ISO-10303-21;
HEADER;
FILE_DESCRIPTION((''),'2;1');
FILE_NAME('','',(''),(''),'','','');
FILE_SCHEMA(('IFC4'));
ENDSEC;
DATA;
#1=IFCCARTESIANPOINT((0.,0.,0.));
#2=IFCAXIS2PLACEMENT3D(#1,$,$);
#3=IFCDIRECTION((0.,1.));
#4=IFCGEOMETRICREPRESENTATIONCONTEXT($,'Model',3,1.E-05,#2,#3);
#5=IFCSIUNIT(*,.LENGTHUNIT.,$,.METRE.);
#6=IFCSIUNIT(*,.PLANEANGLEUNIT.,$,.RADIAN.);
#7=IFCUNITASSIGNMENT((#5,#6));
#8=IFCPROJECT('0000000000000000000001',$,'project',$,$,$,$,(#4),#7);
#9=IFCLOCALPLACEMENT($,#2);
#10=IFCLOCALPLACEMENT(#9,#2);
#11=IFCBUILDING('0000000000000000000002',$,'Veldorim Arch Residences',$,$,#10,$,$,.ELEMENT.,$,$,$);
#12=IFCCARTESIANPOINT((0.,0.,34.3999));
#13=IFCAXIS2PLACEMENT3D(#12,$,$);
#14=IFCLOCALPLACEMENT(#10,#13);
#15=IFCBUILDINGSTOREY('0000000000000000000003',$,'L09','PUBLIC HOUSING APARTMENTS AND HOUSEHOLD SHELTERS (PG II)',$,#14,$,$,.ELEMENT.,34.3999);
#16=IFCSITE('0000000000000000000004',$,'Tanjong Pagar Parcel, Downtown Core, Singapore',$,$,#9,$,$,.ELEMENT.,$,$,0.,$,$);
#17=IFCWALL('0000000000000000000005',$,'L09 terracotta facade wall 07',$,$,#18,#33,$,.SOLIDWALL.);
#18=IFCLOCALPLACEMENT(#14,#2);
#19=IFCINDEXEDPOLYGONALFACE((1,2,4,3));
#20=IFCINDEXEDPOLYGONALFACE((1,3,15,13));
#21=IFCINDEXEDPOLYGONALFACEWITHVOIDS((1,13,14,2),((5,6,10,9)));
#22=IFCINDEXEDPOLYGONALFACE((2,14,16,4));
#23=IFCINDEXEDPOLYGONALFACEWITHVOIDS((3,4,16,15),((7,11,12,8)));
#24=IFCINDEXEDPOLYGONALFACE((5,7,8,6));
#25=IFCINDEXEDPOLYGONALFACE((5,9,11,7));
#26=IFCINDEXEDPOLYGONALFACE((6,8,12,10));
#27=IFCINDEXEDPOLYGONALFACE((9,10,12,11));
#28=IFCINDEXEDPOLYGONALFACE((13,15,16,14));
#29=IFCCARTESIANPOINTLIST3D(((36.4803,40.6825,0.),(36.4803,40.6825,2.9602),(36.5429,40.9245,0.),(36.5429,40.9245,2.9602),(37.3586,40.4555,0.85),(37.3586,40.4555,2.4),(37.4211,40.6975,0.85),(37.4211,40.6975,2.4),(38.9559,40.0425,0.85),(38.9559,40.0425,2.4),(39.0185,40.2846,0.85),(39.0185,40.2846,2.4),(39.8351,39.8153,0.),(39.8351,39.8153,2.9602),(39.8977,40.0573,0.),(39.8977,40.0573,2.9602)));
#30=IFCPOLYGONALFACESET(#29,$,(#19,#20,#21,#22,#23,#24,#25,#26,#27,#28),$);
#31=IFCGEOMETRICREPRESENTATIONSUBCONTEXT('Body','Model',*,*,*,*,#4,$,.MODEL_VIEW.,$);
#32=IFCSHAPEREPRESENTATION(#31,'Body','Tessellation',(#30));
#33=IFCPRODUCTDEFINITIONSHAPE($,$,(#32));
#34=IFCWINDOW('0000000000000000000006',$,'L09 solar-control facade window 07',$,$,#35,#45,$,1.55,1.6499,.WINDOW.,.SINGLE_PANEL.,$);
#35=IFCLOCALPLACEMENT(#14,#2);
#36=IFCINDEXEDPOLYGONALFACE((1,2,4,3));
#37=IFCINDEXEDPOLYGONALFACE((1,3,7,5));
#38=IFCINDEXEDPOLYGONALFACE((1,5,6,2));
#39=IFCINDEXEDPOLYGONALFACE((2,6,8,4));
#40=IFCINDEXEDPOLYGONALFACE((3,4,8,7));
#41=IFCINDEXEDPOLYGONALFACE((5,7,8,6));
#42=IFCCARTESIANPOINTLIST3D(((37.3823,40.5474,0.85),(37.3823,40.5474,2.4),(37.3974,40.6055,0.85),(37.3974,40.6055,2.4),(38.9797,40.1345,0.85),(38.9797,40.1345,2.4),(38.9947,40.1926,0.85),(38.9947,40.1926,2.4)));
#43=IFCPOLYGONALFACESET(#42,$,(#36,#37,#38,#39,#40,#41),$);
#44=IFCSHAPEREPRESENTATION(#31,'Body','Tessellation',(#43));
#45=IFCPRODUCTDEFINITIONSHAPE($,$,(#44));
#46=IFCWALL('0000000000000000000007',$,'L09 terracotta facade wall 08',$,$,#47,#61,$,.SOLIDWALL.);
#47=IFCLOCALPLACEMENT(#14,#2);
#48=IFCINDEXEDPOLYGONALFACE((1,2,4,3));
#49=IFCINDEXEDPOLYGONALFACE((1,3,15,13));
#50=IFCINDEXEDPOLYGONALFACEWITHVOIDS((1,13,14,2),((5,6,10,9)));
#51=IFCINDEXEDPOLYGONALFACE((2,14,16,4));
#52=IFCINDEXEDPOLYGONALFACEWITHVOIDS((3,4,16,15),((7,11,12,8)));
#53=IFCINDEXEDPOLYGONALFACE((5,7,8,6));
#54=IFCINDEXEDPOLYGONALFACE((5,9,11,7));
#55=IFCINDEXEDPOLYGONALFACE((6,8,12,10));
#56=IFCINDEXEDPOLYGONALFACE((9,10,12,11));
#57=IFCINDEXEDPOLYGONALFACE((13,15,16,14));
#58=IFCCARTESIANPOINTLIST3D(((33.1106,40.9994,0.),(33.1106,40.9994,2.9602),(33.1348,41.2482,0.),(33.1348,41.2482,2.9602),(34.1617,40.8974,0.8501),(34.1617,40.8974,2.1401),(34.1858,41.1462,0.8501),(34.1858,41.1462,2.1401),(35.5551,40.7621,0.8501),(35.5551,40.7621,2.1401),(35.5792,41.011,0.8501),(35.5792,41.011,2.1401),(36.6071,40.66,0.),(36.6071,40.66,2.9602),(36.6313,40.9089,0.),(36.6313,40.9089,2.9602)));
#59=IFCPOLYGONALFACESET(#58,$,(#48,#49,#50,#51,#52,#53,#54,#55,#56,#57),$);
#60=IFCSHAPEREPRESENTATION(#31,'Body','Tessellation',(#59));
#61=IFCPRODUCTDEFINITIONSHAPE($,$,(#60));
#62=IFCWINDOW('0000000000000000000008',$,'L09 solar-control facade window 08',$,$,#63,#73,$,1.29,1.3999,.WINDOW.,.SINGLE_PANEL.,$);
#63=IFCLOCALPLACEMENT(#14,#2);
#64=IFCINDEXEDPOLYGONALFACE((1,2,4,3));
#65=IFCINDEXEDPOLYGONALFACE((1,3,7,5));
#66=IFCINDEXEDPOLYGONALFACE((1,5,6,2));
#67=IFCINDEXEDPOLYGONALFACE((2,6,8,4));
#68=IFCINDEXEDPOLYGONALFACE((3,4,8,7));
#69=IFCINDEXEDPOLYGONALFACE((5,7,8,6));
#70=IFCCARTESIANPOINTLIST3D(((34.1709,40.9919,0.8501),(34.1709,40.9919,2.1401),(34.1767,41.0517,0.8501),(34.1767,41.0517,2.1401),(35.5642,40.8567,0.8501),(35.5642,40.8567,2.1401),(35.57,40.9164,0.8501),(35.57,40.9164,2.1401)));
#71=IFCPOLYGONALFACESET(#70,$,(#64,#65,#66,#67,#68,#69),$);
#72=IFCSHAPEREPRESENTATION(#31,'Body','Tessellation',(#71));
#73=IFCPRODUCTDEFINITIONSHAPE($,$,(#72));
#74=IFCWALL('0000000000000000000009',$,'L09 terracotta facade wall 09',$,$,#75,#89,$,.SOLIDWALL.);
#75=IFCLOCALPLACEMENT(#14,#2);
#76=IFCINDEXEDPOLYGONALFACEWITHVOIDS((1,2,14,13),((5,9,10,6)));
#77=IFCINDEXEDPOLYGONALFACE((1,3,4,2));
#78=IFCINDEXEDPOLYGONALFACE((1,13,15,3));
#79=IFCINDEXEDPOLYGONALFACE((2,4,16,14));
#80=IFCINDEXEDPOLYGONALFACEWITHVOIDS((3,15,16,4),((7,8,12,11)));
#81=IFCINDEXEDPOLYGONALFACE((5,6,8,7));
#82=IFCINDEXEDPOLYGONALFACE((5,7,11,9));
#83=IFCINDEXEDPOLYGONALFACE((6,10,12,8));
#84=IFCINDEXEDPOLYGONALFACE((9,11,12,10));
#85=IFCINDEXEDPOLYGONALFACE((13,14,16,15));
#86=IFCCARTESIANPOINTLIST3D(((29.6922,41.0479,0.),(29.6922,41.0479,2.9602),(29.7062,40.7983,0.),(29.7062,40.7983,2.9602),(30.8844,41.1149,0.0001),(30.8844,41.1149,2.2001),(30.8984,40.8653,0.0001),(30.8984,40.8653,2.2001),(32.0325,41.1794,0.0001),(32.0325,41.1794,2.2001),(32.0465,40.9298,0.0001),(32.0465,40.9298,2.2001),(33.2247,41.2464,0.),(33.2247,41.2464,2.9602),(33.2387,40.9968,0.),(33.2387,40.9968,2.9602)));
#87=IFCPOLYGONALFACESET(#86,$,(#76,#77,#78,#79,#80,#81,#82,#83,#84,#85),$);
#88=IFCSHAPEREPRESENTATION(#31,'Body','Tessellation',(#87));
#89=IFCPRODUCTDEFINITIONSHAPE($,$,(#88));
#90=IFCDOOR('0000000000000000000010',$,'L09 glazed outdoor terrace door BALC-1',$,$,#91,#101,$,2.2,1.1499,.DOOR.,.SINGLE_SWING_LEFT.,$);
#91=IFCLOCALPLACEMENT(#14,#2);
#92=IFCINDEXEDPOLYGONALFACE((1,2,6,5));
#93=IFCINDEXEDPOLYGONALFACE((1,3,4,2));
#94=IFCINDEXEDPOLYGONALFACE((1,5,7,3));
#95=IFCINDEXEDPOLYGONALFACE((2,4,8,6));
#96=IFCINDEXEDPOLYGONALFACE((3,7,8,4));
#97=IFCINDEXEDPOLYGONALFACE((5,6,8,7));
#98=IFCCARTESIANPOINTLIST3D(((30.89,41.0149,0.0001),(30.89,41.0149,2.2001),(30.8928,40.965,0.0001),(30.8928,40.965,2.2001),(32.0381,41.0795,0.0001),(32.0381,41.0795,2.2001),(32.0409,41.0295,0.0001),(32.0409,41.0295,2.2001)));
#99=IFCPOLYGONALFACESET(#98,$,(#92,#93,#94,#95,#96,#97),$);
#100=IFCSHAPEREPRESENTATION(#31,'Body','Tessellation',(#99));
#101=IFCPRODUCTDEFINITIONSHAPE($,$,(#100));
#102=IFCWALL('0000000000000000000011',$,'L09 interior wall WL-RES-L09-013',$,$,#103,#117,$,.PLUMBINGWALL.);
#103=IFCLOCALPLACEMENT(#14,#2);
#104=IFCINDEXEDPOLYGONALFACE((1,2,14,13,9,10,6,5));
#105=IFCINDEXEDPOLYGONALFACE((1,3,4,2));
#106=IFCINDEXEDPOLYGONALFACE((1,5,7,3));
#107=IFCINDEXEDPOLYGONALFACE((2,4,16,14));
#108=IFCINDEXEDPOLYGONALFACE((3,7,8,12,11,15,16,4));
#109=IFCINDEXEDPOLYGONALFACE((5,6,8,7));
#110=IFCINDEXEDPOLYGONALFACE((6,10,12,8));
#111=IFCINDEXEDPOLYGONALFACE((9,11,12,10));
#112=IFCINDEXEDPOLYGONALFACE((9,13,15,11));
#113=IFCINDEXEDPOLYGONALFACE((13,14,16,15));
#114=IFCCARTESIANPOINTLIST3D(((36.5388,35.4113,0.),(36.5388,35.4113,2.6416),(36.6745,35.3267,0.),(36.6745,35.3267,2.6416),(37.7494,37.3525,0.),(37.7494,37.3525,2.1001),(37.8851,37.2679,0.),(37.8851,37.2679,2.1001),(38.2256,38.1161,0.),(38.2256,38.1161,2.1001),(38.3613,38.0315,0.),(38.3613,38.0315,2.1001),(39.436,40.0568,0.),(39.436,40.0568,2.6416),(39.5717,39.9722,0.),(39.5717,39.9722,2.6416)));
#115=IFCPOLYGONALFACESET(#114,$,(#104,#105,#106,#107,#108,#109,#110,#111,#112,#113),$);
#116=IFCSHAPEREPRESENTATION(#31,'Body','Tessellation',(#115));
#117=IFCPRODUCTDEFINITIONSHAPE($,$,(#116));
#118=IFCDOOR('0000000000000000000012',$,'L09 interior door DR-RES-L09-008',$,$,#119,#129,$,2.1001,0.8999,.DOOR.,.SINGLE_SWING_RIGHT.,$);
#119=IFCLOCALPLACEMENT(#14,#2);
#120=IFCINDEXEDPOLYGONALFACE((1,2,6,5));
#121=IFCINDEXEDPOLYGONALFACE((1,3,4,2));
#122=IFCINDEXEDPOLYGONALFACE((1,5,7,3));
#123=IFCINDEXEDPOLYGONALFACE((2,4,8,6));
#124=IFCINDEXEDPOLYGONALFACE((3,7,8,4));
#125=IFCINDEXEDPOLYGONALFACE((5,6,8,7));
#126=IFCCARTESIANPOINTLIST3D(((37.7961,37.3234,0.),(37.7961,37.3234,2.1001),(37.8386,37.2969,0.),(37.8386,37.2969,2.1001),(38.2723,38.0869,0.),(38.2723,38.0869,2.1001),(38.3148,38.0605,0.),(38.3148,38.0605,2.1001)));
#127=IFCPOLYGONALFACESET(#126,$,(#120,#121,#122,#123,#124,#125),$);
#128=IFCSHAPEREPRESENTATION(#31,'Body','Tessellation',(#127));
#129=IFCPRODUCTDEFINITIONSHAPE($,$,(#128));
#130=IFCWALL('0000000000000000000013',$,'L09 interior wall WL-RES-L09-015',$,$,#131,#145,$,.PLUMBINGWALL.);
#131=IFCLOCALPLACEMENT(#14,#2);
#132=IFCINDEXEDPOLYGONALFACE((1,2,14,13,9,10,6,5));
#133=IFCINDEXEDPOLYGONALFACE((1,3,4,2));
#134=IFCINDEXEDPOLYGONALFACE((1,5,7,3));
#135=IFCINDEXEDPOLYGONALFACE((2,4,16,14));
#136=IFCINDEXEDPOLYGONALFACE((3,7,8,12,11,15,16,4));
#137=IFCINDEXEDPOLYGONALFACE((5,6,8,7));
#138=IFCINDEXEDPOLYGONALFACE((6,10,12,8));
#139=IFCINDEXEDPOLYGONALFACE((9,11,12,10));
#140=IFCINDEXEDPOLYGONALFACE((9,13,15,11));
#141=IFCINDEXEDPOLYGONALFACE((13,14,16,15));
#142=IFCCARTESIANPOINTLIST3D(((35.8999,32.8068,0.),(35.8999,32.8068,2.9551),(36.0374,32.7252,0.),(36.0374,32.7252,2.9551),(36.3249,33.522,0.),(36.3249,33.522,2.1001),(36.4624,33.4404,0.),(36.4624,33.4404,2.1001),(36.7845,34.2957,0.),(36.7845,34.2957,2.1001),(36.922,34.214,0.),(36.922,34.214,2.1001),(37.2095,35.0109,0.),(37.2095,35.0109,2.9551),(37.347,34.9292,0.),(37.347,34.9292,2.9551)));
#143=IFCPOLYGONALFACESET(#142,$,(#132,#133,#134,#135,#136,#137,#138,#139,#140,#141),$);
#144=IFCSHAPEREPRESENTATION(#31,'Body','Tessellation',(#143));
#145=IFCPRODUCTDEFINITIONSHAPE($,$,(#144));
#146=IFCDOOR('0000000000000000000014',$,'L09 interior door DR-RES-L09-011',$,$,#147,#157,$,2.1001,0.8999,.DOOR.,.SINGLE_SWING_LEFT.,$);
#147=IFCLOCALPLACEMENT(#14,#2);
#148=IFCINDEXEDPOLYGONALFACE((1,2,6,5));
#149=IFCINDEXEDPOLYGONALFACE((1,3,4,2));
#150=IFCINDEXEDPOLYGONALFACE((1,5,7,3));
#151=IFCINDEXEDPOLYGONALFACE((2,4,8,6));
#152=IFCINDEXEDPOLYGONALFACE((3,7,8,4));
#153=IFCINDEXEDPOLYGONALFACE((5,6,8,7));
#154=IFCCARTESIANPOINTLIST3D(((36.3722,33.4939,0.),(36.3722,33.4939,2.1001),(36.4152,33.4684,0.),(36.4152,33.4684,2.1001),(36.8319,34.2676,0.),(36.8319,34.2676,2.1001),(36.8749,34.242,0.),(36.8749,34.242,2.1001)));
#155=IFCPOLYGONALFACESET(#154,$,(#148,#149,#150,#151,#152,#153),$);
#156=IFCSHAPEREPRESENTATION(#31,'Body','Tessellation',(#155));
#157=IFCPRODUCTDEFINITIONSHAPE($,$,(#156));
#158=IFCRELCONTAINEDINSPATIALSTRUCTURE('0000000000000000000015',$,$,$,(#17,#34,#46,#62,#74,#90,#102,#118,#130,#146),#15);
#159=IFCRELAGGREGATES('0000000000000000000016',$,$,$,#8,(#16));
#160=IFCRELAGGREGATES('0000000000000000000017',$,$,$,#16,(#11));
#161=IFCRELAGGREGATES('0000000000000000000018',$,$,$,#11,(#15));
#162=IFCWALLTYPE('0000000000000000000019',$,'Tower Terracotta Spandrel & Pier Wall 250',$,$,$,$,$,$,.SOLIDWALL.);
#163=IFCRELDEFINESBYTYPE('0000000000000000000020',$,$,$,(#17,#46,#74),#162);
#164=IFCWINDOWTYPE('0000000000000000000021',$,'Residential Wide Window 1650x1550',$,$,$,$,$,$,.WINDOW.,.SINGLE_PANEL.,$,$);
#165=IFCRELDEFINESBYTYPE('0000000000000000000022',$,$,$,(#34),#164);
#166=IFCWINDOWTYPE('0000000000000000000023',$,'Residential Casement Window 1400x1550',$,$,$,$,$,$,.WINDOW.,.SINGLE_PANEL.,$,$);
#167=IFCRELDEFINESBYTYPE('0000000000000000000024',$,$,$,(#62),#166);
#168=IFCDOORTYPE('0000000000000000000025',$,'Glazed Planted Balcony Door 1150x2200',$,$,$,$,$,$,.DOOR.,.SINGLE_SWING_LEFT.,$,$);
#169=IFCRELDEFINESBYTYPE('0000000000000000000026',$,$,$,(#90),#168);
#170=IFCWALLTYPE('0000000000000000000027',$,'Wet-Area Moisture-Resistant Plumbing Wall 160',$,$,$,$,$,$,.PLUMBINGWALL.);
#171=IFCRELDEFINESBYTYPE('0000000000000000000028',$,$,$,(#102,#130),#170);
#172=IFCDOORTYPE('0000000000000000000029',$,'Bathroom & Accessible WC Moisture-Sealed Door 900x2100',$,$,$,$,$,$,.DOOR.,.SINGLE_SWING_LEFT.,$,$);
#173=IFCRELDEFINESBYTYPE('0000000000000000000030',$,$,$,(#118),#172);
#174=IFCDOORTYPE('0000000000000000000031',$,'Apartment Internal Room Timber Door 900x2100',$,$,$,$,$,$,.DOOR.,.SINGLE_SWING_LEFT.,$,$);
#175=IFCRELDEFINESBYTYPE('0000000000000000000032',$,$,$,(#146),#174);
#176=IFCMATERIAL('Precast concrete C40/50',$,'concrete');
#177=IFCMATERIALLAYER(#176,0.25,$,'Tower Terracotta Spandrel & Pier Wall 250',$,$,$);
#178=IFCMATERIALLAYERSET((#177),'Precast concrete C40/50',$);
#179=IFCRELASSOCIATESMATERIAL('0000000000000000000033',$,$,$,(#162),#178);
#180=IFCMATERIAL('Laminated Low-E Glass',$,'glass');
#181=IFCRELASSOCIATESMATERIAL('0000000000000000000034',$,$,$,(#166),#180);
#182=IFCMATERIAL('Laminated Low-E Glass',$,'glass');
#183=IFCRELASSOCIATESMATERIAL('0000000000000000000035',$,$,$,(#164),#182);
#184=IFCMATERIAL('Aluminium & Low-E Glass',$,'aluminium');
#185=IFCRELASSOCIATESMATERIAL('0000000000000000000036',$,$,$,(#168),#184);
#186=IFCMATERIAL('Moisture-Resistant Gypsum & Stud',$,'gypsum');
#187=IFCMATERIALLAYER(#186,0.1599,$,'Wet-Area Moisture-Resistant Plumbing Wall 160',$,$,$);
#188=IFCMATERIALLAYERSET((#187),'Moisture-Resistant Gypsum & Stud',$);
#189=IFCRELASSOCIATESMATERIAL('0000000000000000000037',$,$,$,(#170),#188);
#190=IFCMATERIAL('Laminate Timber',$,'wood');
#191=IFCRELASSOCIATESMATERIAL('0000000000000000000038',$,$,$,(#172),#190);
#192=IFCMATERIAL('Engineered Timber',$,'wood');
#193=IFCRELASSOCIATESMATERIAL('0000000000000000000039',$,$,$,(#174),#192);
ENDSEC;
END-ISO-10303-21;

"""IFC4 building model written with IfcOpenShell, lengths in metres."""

from ifc_helpers import new_model, si_unit, direction, frame, frame_2d, origin, place, context, subcontext, project, spatial, rectangle, extrude, material, layer, layer_set, type_object, element, fill, save


model = new_model("IFC4")

# Units and contexts
model_context = context("Model", 3, precision=1e-05, world=origin(), true_north=direction((0.0, 1.0)))
body_context = subcontext(model_context, "Body", "Model", "MODEL_VIEW")
ifc_project = project(units=[si_unit("LENGTHUNIT", "METRE"), si_unit("PLANEANGLEUNIT", "RADIAN")], contexts=[model_context])

# Site, building, storey
site_placement = place(None, origin())
site = spatial("IfcSite", under=ifc_project, at=site_placement, Name="Tanjong Pagar Parcel, Downtown Core, Singapore", CompositionType="ELEMENT", RefElevation=0.0)
building_placement = place(site_placement, origin())
building = spatial("IfcBuilding", under=site, at=building_placement, Name="Veldorim Arch Residences", CompositionType="ELEMENT")
storey_placement = place(building_placement, frame((0.0, 0.0, 34.3999)))
storey = spatial("IfcBuildingStorey", under=building, at=storey_placement, Name="L09", Description="PUBLIC HOUSING APARTMENTS AND HOUSEHOLD SHELTERS (PG II)", CompositionType="ELEMENT", Elevation=34.3999)

# Walls, openings, windows
ifc_material_1 = material(Name="Precast concrete C40/50", Category="concrete")
ifc_layer_1 = layer(ifc_material_1, 0.25, Name="Tower Terracotta Spandrel & Pier Wall 250")
ifc_layer_set_1 = layer_set([ifc_layer_1], Name="Precast concrete C40/50")
wall_type_1 = type_object("IfcWallType", Name="Tower Terracotta Spandrel & Pier Wall 250", PredefinedType="SOLIDWALL", material=ifc_layer_set_1)
ifc_material_2 = material(Name="Laminated Low-E Glass", Category="glass")
window_type_1 = type_object("IfcWindowType", Name="Residential Casement Window 1400x1550", PartitioningType="SINGLE_PANEL", PredefinedType="WINDOW", material=ifc_material_2)
wall_1_placement = place(storey_placement, frame((36.5117, 40.8035, 0.0), z_axis=(0.0, 0.0, 1.0), x_axis=(0.968176, -0.25027, 0.0)))
wall_1 = element("IfcWall", 1, at=wall_1_placement, inside=storey, type_object=wall_type_1, Name="L09 terracotta facade wall 07", PredefinedType="SOLIDWALL", context=body_context, shape_type="SweptSolid", body=[
    extrude(rectangle(XDim=3.4651, YDim=0.25, at=frame_2d((1.7324, 0.0))), origin(), (0.0, 0.0, 1.0), 2.9602),
])
opening_1_placement = place(wall_1_placement, frame((0.907, 0.0, 0.8501)))
opening_1 = element("IfcOpeningElement", 2, at=opening_1_placement, cuts=wall_1, PredefinedType="OPENING", context=body_context, shape_type="SweptSolid", body=[
    extrude(rectangle(XDim=1.6499, YDim=1.55, at=frame_2d((0.825, 0.7749))), frame((0.0, 0.135, 0.0), z_axis=(0.0, -1.0, 0.0), x_axis=(1.0, 0.0, 0.0)), (0.0, 0.0, 1.0), 0.27),
])
ifc_material_3 = material(Name="Laminated Low-E Glass", Category="glass")
window_type_2 = type_object("IfcWindowType", Name="Residential Wide Window 1650x1550", PartitioningType="SINGLE_PANEL", PredefinedType="WINDOW", material=ifc_material_3)
window_1_placement = place(opening_1_placement, origin())
window_1 = element("IfcWindow", 3, at=window_1_placement, inside=storey, type_object=window_type_2, Name="L09 solar-control facade window 07", OverallHeight=1.55, OverallWidth=1.6499, PartitioningType="SINGLE_PANEL", PredefinedType="WINDOW", context=body_context, shape_type="SweptSolid", body=[
    extrude(rectangle(XDim=1.6499, YDim=1.55, at=frame_2d((0.825, 0.7749))), frame((0.0, 0.03, 0.0), z_axis=(0.0, -1.0, 0.0), x_axis=(1.0, 0.0, 0.0)), (0.0, 0.0, 1.0), 0.0601),
])
fill(opening_1, window_1)
wall_2_placement = place(storey_placement, frame((33.1228, 41.1238, 0.0), z_axis=(0.0, 0.0, 1.0), x_axis=(0.995323, -0.0966, 0.0)))
wall_2 = element("IfcWall", 4, at=wall_2_placement, inside=storey, type_object=wall_type_1, Name="L09 terracotta facade wall 08", PredefinedType="SOLIDWALL", context=body_context, shape_type="SweptSolid", body=[
    extrude(rectangle(XDim=3.5129, YDim=0.25, at=frame_2d((1.7563, 0.0))), origin(), (0.0, 0.0, 1.0), 2.9602),
])
opening_2_placement = place(wall_2_placement, frame((1.0559, 0.0, 0.8501)))
opening_2 = element("IfcOpeningElement", 5, at=opening_2_placement, cuts=wall_2, PredefinedType="OPENING", context=body_context, shape_type="SweptSolid", body=[
    extrude(rectangle(XDim=1.3999, YDim=1.29, at=frame_2d((0.7, 0.645))), frame((0.0, 0.135, 0.0), z_axis=(0.0, -1.0, 0.0), x_axis=(1.0, 0.0, 0.0)), (0.0, 0.0, 1.0), 0.27),
])
window_2_placement = place(opening_2_placement, origin())
window_2 = element("IfcWindow", 6, at=window_2_placement, inside=storey, type_object=window_type_1, Name="L09 solar-control facade window 08", OverallHeight=1.29, OverallWidth=1.3999, PartitioningType="SINGLE_PANEL", PredefinedType="WINDOW", context=body_context, shape_type="SweptSolid", body=[
    extrude(rectangle(XDim=1.3999, YDim=1.29, at=frame_2d((0.7, 0.645))), frame((0.0, 0.03, 0.0), z_axis=(0.0, -1.0, 0.0), x_axis=(1.0, 0.0, 0.0)), (0.0, 0.0, 1.0), 0.0601),
])
fill(opening_2, window_2)

# Walls, openings, doors
wall_3_placement = place(storey_placement, frame((29.6992, 40.9231, 0.0), z_axis=(0.0, 0.0, 1.0), x_axis=(0.998425, 0.056101, 0.0)))
wall_3 = element("IfcWall", 7, at=wall_3_placement, inside=storey, type_object=wall_type_1, Name="L09 terracotta facade wall 09", PredefinedType="SOLIDWALL", context=body_context, shape_type="SweptSolid", body=[
    extrude(rectangle(XDim=3.5381, YDim=0.25, at=frame_2d((1.769, 0.0))), origin(), (0.0, 0.0, 1.0), 2.9602),
])
opening_3_placement = place(wall_3_placement, frame((1.1941, 0.0, 0.0)))
opening_3 = element("IfcOpeningElement", 8, at=opening_3_placement, cuts=wall_3, PredefinedType="OPENING", context=body_context, shape_type="SweptSolid", body=[
    extrude(rectangle(XDim=1.1499, YDim=2.2, at=frame_2d((0.575, 1.1001))), frame((0.0, 0.135, 0.0), z_axis=(0.0, -1.0, 0.0), x_axis=(1.0, 0.0, 0.0)), (0.0, 0.0, 1.0), 0.27),
])
ifc_material_4 = material(Name="Aluminium & Low-E Glass", Category="aluminium")
door_type_1 = type_object("IfcDoorType", Name="Glazed Planted Balcony Door 1150x2200", OperationType="SINGLE_SWING_LEFT", PredefinedType="DOOR", material=ifc_material_4)
door_1_placement = place(opening_3_placement, origin())
door_1 = element("IfcDoor", 9, at=door_1_placement, inside=storey, type_object=door_type_1, Name="L09 glazed outdoor terrace door BALC-1", OperationType="SINGLE_SWING_LEFT", OverallHeight=2.2, OverallWidth=1.1499, PredefinedType="DOOR", context=body_context, shape_type="SweptSolid", body=[
    extrude(rectangle(XDim=1.1499, YDim=2.2, at=frame_2d((0.575, 1.1001))), frame((0.0, 0.0249, 0.0), z_axis=(0.0, -1.0, 0.0), x_axis=(1.0, 0.0, 0.0)), (0.0, 0.0, 1.0), 0.05),
])
fill(opening_3, door_1)
ifc_material_5 = material(Name="Moisture-Resistant Gypsum & Stud", Category="gypsum")
ifc_layer_2 = layer(ifc_material_5, 0.1599, Name="Wet-Area Moisture-Resistant Plumbing Wall 160")
ifc_layer_set_2 = layer_set([ifc_layer_2], Name="Moisture-Resistant Gypsum & Stud")
wall_type_2 = type_object("IfcWallType", Name="Wet-Area Moisture-Resistant Plumbing Wall 160", PredefinedType="PLUMBINGWALL", material=ifc_layer_set_2)
wall_4_placement = place(storey_placement, frame((36.6067, 35.3691, 0.0), z_axis=(0.0, 0.0, 1.0), x_axis=(0.529181, 0.848509, 0.0)))
wall_4 = element("IfcWall", 10, at=wall_4_placement, inside=storey, type_object=wall_type_2, Name="L09 interior wall WL-RES-L09-013", PredefinedType="PLUMBINGWALL", context=body_context, shape_type="SweptSolid", body=[
    extrude(rectangle(XDim=5.4749, YDim=0.1599, at=frame_2d((2.7373, 0.0))), origin(), (0.0, 0.0, 1.0), 2.6416),
])
opening_4_placement = place(wall_4_placement, frame((2.2876, 0.0, 0.0)))
opening_4 = element("IfcOpeningElement", 11, at=opening_4_placement, cuts=wall_4, PredefinedType="OPENING", context=body_context, shape_type="SweptSolid", body=[
    extrude(rectangle(XDim=0.8999, YDim=2.1001, at=frame_2d((0.45, 1.05))), frame((0.0, 0.0898, 0.0), z_axis=(0.0, -1.0, 0.0), x_axis=(1.0, 0.0, 0.0)), (0.0, 0.0, 1.0), 0.1799),
])
ifc_material_6 = material(Name="Laminate Timber", Category="wood")
door_type_2 = type_object("IfcDoorType", Name="Bathroom & Accessible WC Moisture-Sealed Door 900x2100", OperationType="SINGLE_SWING_LEFT", PredefinedType="DOOR", material=ifc_material_6)
door_2_placement = place(opening_4_placement, origin())
door_2 = element("IfcDoor", 12, at=door_2_placement, inside=storey, type_object=door_type_2, Name="L09 interior door DR-RES-L09-008", OperationType="SINGLE_SWING_RIGHT", OverallHeight=2.1001, OverallWidth=0.8999, PredefinedType="DOOR", context=body_context, shape_type="SweptSolid", body=[
    extrude(rectangle(XDim=0.8999, YDim=2.1001, at=frame_2d((0.45, 1.05))), frame((0.0, 0.0249, 0.0), z_axis=(0.0, -1.0, 0.0), x_axis=(1.0, 0.0, 0.0)), (0.0, 0.0, 1.0), 0.05),
])
fill(opening_4, door_2)
wall_5_placement = place(storey_placement, frame((35.9688, 32.7661, 0.0), z_axis=(0.0, 0.0, 1.0), x_axis=(0.510794, 0.859703, 0.0)))
wall_5 = element("IfcWall", 13, at=wall_5_placement, inside=storey, type_object=wall_type_2, Name="L09 interior wall WL-RES-L09-015", PredefinedType="PLUMBINGWALL", context=body_context, shape_type="SweptSolid", body=[
    extrude(rectangle(XDim=2.5637, YDim=0.1599, at=frame_2d((1.2817, 0.0))), origin(), (0.0, 0.0, 1.0), 2.9551),
])
opening_5_placement = place(wall_5_placement, frame((0.8318, 0.0, 0.0)))
opening_5 = element("IfcOpeningElement", 14, at=opening_5_placement, cuts=wall_5, PredefinedType="OPENING", context=body_context, shape_type="SweptSolid", body=[
    extrude(rectangle(XDim=0.8999, YDim=2.1001, at=frame_2d((0.45, 1.05))), frame((0.0, 0.0898, 0.0), z_axis=(0.0, -1.0, 0.0), x_axis=(1.0, 0.0, 0.0)), (0.0, 0.0, 1.0), 0.1799),
])
ifc_material_7 = material(Name="Engineered Timber", Category="wood")
door_type_3 = type_object("IfcDoorType", Name="Apartment Internal Room Timber Door 900x2100", OperationType="SINGLE_SWING_LEFT", PredefinedType="DOOR", material=ifc_material_7)
door_3_placement = place(opening_5_placement, origin())
door_3 = element("IfcDoor", 15, at=door_3_placement, inside=storey, type_object=door_type_3, Name="L09 interior door DR-RES-L09-011", OperationType="SINGLE_SWING_LEFT", OverallHeight=2.1001, OverallWidth=0.8999, PredefinedType="DOOR", context=body_context, shape_type="SweptSolid", body=[
    extrude(rectangle(XDim=0.8999, YDim=2.1001, at=frame_2d((0.45, 1.05))), frame((0.0, 0.0249, 0.0), z_axis=(0.0, -1.0, 0.0), x_axis=(1.0, 0.0, 0.0)), (0.0, 0.0, 1.0), 0.05),
])
fill(opening_5, door_3)

save(model, "model.ifc")
